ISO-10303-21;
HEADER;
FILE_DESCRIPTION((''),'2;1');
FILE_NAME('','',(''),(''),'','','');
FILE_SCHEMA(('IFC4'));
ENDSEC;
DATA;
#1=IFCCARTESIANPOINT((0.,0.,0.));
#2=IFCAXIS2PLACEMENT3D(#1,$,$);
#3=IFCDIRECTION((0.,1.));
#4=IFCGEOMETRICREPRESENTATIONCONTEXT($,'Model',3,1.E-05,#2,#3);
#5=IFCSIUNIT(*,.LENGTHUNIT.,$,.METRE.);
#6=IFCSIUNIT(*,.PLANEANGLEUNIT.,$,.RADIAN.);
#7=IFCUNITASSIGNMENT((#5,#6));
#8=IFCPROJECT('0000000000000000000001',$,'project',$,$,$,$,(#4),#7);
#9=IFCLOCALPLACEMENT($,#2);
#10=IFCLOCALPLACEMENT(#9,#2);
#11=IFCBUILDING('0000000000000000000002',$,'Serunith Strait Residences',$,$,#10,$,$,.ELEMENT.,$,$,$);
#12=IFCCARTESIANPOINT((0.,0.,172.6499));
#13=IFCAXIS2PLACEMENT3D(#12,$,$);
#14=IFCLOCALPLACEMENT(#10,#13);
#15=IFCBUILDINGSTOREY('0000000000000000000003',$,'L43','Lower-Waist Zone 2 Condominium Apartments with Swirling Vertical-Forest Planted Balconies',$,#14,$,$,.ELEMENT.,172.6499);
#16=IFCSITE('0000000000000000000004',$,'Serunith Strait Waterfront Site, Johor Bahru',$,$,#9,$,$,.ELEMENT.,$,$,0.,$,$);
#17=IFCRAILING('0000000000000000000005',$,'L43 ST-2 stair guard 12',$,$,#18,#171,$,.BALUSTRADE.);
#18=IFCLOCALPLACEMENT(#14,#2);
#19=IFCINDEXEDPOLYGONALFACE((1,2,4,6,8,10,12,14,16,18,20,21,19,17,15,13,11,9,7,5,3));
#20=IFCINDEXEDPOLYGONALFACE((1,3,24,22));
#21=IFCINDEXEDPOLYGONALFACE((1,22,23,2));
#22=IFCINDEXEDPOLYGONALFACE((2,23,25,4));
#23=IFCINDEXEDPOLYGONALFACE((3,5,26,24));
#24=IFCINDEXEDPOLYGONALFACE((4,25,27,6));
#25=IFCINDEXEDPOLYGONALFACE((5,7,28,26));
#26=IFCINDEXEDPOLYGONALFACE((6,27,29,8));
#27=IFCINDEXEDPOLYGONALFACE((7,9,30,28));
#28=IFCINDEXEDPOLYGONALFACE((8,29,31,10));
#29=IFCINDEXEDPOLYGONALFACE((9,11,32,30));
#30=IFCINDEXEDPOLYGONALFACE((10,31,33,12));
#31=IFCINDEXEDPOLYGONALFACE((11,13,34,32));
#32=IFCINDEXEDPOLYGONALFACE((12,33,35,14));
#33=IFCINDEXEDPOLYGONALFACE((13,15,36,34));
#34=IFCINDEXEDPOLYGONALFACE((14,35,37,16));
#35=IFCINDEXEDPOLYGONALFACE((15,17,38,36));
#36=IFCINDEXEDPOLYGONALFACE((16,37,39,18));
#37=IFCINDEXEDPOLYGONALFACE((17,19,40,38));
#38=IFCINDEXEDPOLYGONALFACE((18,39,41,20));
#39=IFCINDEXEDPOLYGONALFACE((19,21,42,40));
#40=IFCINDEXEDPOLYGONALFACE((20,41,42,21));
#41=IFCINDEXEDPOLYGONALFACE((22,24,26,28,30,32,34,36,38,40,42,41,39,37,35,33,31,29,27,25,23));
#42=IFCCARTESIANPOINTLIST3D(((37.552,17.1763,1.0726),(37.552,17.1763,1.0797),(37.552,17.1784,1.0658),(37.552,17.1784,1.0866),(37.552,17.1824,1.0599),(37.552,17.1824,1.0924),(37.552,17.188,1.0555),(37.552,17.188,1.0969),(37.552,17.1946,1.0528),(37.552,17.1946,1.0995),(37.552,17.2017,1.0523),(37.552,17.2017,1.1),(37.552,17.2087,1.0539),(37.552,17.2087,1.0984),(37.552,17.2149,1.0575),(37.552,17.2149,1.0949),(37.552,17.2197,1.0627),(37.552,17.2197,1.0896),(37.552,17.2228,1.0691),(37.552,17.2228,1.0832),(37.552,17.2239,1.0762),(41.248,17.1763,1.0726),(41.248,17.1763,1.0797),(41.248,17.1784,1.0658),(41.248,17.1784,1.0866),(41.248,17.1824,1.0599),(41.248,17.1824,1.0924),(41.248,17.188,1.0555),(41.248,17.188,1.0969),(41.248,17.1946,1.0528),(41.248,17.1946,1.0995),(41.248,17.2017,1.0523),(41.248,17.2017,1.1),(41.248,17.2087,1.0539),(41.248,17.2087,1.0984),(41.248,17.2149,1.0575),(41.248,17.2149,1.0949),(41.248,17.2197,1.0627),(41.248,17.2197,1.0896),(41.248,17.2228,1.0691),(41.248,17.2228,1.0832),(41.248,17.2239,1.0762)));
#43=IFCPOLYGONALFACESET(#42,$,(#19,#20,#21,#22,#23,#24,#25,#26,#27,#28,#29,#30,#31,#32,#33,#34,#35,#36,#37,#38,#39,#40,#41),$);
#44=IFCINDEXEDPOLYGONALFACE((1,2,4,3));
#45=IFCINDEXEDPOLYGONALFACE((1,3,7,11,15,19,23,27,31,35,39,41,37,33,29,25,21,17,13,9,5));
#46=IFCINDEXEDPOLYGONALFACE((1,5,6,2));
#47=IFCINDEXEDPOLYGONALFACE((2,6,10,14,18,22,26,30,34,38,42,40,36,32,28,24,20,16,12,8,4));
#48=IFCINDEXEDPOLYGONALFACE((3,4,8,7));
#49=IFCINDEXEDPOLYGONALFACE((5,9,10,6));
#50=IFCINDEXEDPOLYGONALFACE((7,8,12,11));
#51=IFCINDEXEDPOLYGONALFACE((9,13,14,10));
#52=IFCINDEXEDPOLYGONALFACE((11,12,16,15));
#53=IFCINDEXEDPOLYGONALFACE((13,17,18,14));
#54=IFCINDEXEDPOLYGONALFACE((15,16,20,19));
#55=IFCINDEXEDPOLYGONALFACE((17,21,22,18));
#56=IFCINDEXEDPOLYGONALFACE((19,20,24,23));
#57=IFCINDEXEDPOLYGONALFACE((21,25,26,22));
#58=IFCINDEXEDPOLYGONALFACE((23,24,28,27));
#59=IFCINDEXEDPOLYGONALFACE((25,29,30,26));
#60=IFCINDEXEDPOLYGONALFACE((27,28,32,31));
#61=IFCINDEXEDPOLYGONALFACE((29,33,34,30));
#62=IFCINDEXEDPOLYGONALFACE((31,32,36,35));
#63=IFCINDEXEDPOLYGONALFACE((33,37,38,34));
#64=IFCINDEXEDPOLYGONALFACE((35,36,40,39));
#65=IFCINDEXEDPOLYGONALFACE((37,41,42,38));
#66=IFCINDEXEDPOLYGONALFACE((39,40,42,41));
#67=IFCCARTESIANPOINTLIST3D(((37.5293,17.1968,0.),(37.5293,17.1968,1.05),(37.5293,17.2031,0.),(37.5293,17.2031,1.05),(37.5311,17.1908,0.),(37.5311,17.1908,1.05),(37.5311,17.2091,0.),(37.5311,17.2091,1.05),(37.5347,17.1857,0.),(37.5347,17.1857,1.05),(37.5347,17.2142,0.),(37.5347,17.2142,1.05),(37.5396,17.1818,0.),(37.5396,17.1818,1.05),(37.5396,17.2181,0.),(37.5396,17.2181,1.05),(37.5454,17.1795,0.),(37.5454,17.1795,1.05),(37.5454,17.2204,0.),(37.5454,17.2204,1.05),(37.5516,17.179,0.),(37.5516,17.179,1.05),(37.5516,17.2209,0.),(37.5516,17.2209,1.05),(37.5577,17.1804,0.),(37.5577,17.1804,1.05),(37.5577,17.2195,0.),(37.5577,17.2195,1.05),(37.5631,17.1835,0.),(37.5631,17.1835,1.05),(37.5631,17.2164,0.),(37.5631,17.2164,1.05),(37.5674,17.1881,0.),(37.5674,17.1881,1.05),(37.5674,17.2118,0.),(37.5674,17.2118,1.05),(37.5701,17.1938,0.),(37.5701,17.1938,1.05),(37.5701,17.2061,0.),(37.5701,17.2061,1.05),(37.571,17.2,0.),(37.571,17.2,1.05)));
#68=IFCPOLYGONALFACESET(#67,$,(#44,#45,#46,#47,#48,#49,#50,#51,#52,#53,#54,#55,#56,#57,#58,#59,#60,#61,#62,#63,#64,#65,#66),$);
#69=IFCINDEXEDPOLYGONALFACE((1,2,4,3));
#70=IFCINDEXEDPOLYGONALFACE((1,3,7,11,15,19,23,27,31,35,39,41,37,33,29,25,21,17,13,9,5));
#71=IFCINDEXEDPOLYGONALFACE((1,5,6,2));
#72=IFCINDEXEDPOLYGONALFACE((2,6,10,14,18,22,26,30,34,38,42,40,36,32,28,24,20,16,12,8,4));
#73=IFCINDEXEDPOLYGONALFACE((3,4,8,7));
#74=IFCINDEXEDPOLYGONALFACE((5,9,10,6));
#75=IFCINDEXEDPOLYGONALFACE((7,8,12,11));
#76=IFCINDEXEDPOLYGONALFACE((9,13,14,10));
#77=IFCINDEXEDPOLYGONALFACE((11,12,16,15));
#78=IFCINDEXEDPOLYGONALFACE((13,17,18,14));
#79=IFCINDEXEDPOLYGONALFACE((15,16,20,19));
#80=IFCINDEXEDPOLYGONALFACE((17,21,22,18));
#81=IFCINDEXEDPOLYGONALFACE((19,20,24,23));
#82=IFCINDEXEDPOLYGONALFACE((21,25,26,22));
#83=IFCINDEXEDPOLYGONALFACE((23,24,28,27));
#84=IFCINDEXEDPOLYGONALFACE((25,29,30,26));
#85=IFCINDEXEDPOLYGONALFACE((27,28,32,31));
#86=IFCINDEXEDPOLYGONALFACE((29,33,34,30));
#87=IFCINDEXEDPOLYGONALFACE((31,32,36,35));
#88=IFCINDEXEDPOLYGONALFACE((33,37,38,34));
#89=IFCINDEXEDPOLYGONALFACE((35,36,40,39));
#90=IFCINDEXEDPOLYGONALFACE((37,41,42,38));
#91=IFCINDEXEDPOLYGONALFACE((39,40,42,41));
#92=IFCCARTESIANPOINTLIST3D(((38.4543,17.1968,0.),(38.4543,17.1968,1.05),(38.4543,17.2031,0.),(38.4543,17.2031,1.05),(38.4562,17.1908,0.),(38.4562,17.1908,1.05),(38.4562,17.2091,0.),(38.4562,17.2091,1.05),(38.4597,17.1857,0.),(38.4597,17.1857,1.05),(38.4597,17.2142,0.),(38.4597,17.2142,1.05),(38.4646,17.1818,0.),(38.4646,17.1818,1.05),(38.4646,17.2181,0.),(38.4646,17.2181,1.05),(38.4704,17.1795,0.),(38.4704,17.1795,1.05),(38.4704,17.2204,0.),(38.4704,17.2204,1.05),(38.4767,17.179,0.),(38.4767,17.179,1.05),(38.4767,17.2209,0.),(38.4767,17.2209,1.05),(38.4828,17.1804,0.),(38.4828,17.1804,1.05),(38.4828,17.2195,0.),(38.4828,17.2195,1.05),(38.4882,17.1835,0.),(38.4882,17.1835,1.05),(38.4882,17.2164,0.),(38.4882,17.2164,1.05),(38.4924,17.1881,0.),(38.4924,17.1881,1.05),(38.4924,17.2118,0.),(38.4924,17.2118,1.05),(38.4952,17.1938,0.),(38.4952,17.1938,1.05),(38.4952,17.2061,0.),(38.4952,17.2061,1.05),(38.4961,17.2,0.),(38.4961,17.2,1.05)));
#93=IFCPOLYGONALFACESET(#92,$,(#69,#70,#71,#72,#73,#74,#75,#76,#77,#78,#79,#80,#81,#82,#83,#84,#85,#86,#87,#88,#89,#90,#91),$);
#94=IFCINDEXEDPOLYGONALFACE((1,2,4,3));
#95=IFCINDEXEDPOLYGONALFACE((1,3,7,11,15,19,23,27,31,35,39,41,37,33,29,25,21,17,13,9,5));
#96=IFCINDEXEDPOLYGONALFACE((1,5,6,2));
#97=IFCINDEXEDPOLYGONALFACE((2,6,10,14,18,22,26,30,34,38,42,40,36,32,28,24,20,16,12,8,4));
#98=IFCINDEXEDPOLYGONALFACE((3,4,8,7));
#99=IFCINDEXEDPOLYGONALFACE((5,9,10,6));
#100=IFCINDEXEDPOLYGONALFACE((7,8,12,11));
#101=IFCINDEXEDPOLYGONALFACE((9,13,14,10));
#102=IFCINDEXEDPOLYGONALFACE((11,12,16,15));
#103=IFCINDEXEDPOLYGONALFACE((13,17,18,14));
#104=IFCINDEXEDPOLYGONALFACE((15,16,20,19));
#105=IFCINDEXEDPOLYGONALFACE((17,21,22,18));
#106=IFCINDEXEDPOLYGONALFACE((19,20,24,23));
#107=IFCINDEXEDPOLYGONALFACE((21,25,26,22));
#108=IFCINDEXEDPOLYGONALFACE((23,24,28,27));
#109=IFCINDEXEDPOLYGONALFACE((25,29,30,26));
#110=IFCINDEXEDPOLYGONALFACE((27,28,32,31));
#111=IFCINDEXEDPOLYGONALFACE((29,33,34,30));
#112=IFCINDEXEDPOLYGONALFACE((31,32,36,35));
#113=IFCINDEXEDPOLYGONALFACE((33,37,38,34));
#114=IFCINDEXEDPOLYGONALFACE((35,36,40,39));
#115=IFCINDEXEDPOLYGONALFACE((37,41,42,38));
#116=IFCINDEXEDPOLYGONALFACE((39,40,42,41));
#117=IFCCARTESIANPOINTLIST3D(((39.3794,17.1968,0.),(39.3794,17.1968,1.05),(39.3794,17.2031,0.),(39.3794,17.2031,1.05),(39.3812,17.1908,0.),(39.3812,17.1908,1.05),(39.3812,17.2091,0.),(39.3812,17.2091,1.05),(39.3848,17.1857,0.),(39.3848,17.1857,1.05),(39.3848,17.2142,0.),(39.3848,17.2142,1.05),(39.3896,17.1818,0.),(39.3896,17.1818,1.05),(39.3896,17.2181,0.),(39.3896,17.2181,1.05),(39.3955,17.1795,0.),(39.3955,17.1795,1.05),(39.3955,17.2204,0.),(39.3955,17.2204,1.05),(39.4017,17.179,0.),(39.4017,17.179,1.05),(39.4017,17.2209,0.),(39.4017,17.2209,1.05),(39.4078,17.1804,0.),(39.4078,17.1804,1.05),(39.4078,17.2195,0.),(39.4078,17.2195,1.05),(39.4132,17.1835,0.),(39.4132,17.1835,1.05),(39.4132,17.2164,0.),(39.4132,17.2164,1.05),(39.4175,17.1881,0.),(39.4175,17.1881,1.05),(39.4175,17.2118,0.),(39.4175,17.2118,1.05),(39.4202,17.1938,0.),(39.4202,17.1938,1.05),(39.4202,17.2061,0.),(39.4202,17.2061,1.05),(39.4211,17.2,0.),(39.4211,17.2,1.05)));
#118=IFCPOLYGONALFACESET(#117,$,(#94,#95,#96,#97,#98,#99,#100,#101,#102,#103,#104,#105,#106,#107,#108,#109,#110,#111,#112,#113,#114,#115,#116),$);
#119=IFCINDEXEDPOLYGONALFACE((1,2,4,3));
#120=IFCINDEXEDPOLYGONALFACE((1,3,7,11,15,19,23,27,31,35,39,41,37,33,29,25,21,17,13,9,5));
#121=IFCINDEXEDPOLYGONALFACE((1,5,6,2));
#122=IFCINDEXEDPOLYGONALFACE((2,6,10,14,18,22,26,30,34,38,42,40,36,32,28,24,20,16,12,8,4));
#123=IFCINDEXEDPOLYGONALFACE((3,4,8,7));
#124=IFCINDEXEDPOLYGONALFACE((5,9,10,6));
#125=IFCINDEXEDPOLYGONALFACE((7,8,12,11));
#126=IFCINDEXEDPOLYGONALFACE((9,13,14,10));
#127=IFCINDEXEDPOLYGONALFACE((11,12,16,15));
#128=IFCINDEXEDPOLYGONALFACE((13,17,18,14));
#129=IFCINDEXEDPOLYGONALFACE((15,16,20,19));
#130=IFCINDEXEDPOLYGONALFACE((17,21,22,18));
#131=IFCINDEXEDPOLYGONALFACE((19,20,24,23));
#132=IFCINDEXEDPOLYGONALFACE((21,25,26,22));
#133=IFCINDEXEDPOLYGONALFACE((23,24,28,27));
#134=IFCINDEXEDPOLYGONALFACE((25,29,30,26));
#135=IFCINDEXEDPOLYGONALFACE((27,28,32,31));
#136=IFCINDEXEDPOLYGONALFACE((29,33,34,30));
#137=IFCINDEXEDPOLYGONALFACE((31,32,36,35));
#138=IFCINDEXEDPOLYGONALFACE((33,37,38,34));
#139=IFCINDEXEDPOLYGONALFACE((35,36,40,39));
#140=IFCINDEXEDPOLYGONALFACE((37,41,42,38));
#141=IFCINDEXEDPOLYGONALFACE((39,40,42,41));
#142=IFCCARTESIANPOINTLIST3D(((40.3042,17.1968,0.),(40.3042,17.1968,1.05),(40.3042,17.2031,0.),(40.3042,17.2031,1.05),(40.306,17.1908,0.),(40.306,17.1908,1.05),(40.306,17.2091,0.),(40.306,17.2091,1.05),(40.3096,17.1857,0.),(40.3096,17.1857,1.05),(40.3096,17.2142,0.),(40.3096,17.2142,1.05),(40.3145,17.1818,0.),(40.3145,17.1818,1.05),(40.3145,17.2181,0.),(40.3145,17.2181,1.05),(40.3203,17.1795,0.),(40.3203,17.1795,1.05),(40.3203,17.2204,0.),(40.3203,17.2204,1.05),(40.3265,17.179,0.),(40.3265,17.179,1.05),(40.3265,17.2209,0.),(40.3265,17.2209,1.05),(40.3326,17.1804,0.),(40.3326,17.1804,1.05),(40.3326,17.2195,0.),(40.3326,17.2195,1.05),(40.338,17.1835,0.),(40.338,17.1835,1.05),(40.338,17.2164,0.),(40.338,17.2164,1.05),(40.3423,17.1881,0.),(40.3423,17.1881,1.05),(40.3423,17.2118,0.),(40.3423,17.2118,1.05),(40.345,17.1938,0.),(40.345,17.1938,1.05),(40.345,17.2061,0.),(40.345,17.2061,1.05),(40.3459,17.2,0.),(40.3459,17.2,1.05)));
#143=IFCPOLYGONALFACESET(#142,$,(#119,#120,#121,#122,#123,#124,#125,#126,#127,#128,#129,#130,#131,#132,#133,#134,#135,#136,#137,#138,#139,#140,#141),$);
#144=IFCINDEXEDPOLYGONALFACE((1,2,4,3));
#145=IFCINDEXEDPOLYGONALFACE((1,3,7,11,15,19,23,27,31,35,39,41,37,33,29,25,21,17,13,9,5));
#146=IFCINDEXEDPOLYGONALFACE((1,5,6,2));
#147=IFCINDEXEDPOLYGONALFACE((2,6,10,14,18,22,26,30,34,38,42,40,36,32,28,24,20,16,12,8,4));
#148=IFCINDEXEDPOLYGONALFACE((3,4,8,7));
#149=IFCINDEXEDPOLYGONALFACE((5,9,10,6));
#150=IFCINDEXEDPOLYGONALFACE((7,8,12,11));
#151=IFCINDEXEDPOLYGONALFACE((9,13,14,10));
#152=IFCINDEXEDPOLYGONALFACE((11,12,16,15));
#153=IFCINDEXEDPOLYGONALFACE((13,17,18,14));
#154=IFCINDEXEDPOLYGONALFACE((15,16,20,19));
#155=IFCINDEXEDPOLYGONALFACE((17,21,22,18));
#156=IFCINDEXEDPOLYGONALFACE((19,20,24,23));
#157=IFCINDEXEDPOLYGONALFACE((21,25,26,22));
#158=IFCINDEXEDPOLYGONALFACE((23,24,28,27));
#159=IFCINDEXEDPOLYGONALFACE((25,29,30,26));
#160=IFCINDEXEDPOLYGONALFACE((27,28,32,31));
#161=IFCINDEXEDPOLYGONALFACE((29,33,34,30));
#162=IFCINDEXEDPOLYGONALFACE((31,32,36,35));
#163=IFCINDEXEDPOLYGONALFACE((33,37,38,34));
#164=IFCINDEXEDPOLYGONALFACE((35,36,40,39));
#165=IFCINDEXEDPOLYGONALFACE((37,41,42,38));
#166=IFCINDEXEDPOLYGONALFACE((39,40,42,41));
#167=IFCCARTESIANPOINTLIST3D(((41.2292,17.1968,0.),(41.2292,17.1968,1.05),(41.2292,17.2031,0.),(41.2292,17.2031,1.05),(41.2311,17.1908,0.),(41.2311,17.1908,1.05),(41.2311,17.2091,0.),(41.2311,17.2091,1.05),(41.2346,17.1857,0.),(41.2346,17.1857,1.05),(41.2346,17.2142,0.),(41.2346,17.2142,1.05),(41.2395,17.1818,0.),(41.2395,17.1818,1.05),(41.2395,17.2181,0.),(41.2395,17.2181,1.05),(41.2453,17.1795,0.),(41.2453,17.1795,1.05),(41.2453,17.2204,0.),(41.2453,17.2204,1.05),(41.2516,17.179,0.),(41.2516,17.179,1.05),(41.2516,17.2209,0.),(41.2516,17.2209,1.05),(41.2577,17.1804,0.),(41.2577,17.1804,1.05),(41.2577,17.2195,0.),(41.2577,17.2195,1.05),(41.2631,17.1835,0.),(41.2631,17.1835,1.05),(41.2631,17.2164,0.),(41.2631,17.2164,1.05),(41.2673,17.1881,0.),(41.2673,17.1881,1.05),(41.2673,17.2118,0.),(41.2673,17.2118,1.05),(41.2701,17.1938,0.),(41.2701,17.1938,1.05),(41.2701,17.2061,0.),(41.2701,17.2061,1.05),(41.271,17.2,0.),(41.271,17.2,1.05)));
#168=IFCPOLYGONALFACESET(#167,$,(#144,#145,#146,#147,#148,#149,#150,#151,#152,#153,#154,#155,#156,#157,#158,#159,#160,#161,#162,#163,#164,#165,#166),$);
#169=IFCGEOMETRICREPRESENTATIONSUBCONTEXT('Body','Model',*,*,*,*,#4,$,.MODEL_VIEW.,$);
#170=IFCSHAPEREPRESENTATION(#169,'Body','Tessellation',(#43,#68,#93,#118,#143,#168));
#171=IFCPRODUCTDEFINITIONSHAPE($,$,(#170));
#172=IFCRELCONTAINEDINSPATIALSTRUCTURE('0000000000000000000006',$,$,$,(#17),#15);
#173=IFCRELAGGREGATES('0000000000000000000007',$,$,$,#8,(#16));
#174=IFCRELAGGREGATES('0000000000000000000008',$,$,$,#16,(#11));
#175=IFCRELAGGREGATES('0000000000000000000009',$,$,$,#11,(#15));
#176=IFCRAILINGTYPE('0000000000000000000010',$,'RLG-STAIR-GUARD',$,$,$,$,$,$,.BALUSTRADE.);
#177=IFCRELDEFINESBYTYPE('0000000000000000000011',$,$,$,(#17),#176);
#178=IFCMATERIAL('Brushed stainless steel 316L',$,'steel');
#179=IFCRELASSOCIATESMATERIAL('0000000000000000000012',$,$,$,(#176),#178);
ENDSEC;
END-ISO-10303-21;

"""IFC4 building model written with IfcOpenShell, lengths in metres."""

from ifc_helpers import new_model, si_unit, direction, frame, origin, origin_2d, place, context, subcontext, project, spatial, circle, extrude, material, type_object, element, save


model = new_model("IFC4")

# Units and contexts
model_context = context("Model", 3, precision=1e-05, world=origin(), true_north=direction((0.0, 1.0)))
body_context = subcontext(model_context, "Body", "Model", "MODEL_VIEW")
ifc_project = project(units=[si_unit("LENGTHUNIT", "METRE"), si_unit("PLANEANGLEUNIT", "RADIAN")], contexts=[model_context])

# Site, building, storey
site_placement = place(None, origin())
site = spatial("IfcSite", under=ifc_project, at=site_placement, Name="Serunith Strait Waterfront Site, Johor Bahru", CompositionType="ELEMENT", RefElevation=0.0)
building_placement = place(site_placement, origin())
building = spatial("IfcBuilding", under=site, at=building_placement, Name="Serunith Strait Residences", CompositionType="ELEMENT")
storey_placement = place(building_placement, frame((0.0, 0.0, 172.6499)))
storey = spatial("IfcBuildingStorey", under=building, at=storey_placement, Name="L43", Description="Lower-Waist Zone 2 Condominium Apartments with Swirling Vertical-Forest Planted Balconies", CompositionType="ELEMENT", Elevation=172.6499)

# Railing
ifc_material_1 = material(Name="Brushed stainless steel 316L", Category="steel")
railing_type_1 = type_object("IfcRailingType", Name="RLG-STAIR-GUARD", PredefinedType="BALUSTRADE", material=ifc_material_1)
railing_1_placement = place(storey_placement, frame((37.55, 17.2, 0.0)))
element("IfcRailing", 1, at=railing_1_placement, inside=storey, type_object=railing_type_1, Name="L43 ST-2 stair guard 12", PredefinedType="BALUSTRADE", context=body_context, shape_type="SweptSolid", body=[
    extrude(circle(Radius=0.0239, at=origin_2d()), frame((0.002, 0.0, 1.0762), z_axis=(1.0, 0.0, 0.0), x_axis=(0.0, 1.0, 0.0)), (0.0, 0.0, 1.0), 3.696),
    extrude(circle(Radius=0.021, at=origin_2d()), origin(), (0.0, 0.0, 1.0), 1.05),
    extrude(circle(Radius=0.021, at=origin_2d()), frame((0.925, 0.0, 0.0)), (0.0, 0.0, 1.0), 1.05),
    extrude(circle(Radius=0.021, at=origin_2d()), frame((1.8501, 0.0, 0.0)), (0.0, 0.0, 1.0), 1.05),
    extrude(circle(Radius=0.021, at=origin_2d()), frame((2.7749, 0.0, 0.0)), (0.0, 0.0, 1.0), 1.05),
    extrude(circle(Radius=0.021, at=origin_2d()), frame((3.7, 0.0, 0.0)), (0.0, 0.0, 1.0), 1.05),
])

save(model, "model.ifc")
